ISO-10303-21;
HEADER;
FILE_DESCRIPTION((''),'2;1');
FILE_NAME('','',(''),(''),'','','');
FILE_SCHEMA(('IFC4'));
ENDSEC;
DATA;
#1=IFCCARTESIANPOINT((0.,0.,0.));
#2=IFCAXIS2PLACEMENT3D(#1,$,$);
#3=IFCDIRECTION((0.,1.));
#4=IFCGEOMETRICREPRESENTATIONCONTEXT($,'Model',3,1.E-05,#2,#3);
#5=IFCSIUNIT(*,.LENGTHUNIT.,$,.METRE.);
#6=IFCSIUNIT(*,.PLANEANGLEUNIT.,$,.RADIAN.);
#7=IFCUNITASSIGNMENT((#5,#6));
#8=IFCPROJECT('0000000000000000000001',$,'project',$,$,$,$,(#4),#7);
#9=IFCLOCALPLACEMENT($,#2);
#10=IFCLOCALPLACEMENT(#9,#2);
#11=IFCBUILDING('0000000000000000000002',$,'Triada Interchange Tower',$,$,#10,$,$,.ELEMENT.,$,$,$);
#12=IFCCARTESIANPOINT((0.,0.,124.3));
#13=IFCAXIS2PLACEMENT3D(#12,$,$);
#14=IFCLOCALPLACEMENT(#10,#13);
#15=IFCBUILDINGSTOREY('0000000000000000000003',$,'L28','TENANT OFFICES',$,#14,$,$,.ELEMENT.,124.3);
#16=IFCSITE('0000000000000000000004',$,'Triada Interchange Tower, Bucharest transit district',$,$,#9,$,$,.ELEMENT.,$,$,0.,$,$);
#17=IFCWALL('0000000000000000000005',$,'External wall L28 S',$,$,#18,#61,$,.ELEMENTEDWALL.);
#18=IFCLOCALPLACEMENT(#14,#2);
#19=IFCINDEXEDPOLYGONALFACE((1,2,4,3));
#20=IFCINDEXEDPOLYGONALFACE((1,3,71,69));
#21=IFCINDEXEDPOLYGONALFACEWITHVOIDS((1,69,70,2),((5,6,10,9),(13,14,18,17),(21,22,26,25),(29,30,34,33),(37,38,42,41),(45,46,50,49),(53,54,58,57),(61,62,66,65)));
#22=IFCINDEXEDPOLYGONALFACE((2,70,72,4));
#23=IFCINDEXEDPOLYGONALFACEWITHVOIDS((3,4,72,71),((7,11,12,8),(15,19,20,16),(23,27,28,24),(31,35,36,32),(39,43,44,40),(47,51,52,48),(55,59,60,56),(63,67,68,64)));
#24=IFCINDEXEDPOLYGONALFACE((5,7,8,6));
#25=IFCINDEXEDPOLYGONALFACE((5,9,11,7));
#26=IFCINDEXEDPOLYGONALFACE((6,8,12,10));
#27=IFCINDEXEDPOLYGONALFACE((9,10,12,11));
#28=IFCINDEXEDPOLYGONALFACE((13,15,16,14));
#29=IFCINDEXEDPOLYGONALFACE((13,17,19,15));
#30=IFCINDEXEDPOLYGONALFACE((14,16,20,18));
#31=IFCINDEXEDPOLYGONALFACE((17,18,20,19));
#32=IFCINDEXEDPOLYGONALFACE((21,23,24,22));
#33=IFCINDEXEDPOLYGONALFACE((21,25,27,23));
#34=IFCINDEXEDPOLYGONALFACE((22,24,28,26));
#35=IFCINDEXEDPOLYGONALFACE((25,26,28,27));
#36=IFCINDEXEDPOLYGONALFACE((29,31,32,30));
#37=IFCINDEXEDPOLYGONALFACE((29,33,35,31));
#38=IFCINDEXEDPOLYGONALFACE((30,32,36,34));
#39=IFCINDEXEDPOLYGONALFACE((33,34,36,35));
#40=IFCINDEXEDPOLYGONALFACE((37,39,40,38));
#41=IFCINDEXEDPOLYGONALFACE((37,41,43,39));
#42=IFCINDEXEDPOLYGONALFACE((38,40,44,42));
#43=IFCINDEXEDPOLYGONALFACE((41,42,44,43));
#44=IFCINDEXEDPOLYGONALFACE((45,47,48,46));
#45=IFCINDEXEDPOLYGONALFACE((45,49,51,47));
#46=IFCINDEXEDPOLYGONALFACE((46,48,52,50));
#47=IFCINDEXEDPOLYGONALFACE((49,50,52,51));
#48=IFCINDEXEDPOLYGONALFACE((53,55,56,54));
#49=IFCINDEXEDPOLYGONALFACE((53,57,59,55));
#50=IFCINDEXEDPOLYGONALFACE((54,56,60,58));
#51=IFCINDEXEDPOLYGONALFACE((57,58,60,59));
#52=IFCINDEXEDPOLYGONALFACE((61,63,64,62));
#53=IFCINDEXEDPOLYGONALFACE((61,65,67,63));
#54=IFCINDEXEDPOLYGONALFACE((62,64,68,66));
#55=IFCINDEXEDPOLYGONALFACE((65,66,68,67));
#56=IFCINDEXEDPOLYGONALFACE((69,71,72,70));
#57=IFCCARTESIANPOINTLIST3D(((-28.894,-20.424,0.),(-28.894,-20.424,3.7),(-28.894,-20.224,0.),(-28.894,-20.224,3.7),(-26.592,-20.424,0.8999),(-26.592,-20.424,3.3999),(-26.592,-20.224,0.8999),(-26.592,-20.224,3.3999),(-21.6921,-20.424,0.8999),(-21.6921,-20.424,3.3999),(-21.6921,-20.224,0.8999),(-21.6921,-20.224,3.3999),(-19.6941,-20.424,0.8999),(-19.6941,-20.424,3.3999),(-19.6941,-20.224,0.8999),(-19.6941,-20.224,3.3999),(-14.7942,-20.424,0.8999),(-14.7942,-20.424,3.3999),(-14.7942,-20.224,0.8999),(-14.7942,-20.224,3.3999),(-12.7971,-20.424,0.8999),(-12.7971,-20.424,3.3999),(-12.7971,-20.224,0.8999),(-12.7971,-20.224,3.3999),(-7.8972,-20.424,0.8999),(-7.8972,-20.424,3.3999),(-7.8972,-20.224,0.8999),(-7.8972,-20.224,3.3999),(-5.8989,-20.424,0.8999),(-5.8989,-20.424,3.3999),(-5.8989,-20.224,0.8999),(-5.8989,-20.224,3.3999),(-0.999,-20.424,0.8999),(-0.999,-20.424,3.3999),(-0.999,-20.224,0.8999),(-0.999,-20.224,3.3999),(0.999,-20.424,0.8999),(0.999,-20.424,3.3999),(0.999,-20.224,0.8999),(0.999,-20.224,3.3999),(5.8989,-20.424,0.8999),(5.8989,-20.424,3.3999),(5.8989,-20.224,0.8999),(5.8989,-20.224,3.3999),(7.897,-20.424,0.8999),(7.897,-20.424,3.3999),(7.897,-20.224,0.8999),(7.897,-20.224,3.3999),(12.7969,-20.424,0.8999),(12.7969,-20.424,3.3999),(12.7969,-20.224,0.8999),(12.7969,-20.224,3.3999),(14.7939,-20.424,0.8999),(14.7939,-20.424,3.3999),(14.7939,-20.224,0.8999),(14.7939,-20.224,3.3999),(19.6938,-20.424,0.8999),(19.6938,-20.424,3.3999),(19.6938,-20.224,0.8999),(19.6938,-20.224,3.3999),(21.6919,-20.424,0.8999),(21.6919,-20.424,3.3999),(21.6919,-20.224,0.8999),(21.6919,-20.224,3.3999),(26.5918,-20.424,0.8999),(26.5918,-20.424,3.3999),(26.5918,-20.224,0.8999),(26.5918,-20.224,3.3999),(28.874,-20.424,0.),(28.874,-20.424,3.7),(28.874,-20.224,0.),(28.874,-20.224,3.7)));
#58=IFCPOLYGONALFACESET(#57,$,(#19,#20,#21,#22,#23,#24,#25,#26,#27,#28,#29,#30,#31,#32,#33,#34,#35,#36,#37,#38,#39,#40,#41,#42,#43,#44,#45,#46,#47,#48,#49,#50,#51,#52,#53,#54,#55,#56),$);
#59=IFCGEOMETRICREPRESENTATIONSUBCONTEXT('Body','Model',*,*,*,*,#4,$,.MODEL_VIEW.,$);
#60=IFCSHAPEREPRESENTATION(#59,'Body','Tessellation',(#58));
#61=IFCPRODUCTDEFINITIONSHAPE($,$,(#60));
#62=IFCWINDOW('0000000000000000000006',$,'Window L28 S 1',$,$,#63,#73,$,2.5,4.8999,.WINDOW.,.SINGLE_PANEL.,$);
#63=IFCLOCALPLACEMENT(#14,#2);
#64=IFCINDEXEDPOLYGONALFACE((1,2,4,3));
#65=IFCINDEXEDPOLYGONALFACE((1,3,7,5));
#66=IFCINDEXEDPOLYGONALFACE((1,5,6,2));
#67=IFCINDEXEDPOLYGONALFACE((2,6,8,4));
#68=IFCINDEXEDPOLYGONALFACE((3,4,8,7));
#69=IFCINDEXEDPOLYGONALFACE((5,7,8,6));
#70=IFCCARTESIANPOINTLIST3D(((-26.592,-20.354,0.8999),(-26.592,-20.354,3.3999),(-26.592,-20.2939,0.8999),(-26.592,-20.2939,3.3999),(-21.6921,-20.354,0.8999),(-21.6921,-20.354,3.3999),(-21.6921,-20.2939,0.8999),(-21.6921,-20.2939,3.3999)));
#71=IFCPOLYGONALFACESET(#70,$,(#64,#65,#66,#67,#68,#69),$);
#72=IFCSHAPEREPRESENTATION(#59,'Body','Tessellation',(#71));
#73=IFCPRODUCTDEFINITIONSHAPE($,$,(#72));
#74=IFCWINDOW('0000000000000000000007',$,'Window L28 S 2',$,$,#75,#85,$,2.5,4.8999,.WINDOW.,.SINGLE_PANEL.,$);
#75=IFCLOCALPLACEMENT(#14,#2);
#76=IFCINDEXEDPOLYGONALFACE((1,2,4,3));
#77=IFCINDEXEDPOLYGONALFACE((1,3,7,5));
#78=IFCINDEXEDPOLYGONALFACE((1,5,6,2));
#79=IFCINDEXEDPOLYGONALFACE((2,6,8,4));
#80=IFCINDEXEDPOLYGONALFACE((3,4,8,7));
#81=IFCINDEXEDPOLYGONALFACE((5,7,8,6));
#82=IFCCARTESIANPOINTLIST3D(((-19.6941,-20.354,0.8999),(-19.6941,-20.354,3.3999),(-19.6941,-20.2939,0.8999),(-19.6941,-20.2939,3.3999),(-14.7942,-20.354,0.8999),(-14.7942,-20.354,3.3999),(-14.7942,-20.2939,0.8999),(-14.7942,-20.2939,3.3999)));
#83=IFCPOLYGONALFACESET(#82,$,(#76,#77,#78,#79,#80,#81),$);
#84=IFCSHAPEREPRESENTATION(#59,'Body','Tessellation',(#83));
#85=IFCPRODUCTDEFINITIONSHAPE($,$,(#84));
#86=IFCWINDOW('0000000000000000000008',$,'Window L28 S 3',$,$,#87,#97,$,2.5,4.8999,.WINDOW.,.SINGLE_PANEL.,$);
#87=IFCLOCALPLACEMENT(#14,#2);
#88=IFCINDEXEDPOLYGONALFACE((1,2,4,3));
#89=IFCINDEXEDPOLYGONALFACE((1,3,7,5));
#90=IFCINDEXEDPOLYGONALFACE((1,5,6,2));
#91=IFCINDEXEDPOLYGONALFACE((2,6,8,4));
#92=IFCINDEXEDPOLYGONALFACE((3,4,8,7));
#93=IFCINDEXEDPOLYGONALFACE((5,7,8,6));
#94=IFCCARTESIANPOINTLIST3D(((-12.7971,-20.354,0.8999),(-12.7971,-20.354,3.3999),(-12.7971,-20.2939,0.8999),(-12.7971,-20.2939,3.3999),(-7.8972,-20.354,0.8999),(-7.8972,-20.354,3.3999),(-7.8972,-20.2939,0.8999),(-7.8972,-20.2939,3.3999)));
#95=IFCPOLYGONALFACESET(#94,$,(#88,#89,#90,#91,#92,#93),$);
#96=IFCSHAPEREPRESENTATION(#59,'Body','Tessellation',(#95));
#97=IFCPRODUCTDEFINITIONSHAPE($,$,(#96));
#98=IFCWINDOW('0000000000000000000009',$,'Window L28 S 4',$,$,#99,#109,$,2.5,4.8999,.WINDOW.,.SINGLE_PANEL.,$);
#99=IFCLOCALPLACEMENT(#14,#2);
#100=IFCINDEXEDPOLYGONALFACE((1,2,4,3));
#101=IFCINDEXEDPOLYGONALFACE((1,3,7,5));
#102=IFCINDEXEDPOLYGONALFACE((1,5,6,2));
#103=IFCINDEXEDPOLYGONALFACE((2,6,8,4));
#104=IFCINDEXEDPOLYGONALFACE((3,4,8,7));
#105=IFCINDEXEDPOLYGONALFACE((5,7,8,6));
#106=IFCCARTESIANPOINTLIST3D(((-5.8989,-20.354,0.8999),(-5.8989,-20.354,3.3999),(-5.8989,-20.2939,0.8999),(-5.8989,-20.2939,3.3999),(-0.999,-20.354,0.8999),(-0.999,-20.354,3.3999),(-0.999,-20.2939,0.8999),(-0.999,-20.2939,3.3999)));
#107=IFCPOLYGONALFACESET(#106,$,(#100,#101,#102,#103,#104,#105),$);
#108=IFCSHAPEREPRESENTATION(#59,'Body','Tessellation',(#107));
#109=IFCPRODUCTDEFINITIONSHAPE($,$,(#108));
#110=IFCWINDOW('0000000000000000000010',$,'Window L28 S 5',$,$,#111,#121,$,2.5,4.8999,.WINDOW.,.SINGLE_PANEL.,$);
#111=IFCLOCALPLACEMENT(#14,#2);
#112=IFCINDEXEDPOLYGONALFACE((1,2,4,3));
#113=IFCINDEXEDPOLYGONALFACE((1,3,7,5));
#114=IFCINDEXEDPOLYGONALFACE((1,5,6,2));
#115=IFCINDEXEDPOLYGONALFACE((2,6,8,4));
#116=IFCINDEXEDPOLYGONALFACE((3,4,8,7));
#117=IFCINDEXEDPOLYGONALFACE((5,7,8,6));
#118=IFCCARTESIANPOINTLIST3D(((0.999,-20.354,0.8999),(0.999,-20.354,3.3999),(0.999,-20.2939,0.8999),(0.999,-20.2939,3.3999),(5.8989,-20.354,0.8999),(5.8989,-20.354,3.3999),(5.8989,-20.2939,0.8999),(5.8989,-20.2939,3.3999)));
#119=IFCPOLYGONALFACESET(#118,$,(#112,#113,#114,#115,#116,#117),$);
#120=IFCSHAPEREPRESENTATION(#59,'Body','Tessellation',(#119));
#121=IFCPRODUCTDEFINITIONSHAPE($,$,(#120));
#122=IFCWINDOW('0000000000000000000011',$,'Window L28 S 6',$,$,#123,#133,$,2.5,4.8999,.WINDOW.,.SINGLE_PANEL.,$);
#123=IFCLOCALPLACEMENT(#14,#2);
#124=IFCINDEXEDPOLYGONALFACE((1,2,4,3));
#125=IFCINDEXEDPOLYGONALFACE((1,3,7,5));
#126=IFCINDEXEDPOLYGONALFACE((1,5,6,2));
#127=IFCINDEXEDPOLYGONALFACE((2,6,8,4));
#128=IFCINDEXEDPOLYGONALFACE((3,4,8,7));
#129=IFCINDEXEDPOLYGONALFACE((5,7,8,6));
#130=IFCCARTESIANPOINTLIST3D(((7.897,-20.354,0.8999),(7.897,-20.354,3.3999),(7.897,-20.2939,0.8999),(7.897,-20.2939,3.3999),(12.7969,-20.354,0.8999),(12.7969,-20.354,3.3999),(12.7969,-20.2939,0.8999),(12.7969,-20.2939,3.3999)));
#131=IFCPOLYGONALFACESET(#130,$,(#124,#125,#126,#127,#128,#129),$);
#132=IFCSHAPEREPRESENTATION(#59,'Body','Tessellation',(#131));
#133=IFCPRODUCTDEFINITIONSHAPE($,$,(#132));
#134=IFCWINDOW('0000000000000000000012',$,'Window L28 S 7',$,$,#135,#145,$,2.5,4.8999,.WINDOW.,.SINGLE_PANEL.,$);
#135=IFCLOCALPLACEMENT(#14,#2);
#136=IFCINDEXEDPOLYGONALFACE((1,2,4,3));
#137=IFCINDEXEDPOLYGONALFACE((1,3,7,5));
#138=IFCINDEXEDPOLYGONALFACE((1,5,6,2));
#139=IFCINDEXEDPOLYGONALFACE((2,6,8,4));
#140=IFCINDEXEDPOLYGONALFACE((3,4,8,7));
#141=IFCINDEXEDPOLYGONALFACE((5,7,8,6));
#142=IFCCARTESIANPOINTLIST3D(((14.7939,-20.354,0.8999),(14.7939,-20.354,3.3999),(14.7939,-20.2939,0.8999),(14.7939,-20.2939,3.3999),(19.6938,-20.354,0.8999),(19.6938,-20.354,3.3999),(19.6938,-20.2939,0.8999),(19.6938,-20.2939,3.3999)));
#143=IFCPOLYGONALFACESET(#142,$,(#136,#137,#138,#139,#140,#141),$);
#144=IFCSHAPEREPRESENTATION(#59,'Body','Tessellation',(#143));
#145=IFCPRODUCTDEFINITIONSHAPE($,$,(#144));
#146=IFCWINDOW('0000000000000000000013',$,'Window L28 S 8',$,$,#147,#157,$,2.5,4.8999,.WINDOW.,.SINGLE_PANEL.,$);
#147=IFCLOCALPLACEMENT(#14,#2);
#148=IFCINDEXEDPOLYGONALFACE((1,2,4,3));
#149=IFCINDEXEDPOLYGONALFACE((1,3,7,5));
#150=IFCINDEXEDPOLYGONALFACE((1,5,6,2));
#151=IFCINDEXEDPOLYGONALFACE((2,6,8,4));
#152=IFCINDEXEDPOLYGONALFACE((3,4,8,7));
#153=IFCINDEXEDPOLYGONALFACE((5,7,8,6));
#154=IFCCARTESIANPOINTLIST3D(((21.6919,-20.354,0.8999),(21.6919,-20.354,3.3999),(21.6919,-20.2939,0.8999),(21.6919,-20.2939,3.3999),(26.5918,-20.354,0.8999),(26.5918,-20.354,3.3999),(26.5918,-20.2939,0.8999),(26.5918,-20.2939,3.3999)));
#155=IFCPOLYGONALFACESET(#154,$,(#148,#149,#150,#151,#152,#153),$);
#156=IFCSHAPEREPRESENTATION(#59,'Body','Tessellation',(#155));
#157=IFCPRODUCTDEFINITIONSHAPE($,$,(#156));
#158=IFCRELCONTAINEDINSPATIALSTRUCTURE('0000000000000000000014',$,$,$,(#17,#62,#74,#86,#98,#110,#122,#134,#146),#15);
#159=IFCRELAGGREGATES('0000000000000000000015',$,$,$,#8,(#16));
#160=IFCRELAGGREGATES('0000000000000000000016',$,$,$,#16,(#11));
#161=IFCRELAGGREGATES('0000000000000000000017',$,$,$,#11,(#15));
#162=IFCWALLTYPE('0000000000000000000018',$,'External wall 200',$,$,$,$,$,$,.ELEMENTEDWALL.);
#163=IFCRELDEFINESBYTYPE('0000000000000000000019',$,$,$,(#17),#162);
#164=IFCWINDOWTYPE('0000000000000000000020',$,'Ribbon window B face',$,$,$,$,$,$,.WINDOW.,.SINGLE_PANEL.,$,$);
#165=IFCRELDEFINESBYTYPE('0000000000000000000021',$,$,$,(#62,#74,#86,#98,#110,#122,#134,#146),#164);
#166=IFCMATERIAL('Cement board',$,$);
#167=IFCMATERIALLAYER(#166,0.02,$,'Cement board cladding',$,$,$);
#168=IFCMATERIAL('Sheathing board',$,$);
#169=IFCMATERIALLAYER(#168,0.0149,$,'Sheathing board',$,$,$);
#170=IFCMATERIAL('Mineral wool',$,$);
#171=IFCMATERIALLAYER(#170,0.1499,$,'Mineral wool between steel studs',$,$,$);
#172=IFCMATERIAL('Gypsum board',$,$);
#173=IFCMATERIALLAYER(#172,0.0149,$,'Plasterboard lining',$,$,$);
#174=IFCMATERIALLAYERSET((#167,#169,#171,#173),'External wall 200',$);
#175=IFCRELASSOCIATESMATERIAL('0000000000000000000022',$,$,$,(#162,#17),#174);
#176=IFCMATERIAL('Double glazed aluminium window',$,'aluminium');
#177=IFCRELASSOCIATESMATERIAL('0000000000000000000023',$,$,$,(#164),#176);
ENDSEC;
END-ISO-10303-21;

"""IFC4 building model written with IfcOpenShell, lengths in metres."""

from ifc_helpers import new_model, si_unit, direction, frame, frame_2d, origin, place, context, subcontext, project, spatial, rectangle, extrude, material, layer, layer_set, layer_usage, type_object, element, fill, save


model = new_model("IFC4")

# Units and contexts
model_context = context("Model", 3, precision=1e-05, world=origin(), true_north=direction((0.0, 1.0)))
body_context = subcontext(model_context, "Body", "Model", "MODEL_VIEW")
ifc_project = project(units=[si_unit("LENGTHUNIT", "METRE"), si_unit("PLANEANGLEUNIT", "RADIAN")], contexts=[model_context])

# Site, building, storey
site_placement = place(None, origin())
site = spatial("IfcSite", under=ifc_project, at=site_placement, Name="Triada Interchange Tower, Bucharest transit district", CompositionType="ELEMENT", RefElevation=0.0)
building_placement = place(site_placement, origin())
building = spatial("IfcBuilding", under=site, at=building_placement, Name="Triada Interchange Tower", CompositionType="ELEMENT")
storey_placement = place(building_placement, frame((0.0, 0.0, 124.3)))
storey = spatial("IfcBuildingStorey", under=building, at=storey_placement, Name="L28", Description="TENANT OFFICES", CompositionType="ELEMENT", Elevation=124.3)

# Shared definitions
ifc_material_1 = material(Name="Cement board")
ifc_layer_1 = layer(ifc_material_1, 0.02, Name="Cement board cladding")
ifc_material_2 = material(Name="Sheathing board")
ifc_layer_2 = layer(ifc_material_2, 0.0149, Name="Sheathing board")
ifc_material_3 = material(Name="Mineral wool")
ifc_layer_3 = layer(ifc_material_3, 0.1499, Name="Mineral wool between steel studs")
ifc_material_4 = material(Name="Gypsum board")
ifc_layer_4 = layer(ifc_material_4, 0.0149, Name="Plasterboard lining")
ifc_layer_set_1 = layer_set([ifc_layer_1, ifc_layer_2, ifc_layer_3, ifc_layer_4], Name="External wall 200")
ifc_layer_usage = layer_usage(ifc_layer_set_1, "AXIS2", "POSITIVE", -0.1001)
wall_type = type_object("IfcWallType", Name="External wall 200", PredefinedType="ELEMENTEDWALL", material=ifc_layer_set_1)
ifc_material_5 = material(Name="Double glazed aluminium window", Category="aluminium")

# Wall, openings, windows
wall_1_placement = place(storey_placement, frame((-28.894, -20.324, 0.0), z_axis=(0.0, 0.0, 1.0), x_axis=(1.0, 0.0, 0.0)))
wall_1 = element("IfcWall", 1, at=wall_1_placement, inside=storey, type_object=wall_type, material=ifc_layer_usage, Name="External wall L28 S", PredefinedType="ELEMENTEDWALL", context=body_context, shape_type="SweptSolid", body=[
    extrude(rectangle(XDim=57.7681, YDim=0.2, at=frame_2d((28.884, 0.0))), origin(), (0.0, 0.0, 1.0), 3.7),
])
opening_1_placement = place(wall_1_placement, frame((2.302, 0.0, 0.8999)))
opening_1 = element("IfcOpeningElement", 2, at=opening_1_placement, cuts=wall_1, PredefinedType="OPENING", context=body_context, shape_type="SweptSolid", body=[
    extrude(rectangle(XDim=4.8999, YDim=2.5, at=frame_2d((2.45, 1.25))), frame((0.0, 0.1099, 0.0), z_axis=(0.0, -1.0, 0.0), x_axis=(1.0, 0.0, 0.0)), (0.0, 0.0, 1.0), 0.22),
])
opening_2_placement = place(wall_1_placement, frame((9.2, 0.0, 0.8999)))
opening_2 = element("IfcOpeningElement", 3, at=opening_2_placement, cuts=wall_1, PredefinedType="OPENING", context=body_context, shape_type="SweptSolid", body=[
    extrude(rectangle(XDim=4.8999, YDim=2.5, at=frame_2d((2.45, 1.25))), frame((0.0, 0.1099, 0.0), z_axis=(0.0, -1.0, 0.0), x_axis=(1.0, 0.0, 0.0)), (0.0, 0.0, 1.0), 0.22),
])
opening_3_placement = place(wall_1_placement, frame((16.0969, 0.0, 0.8999)))
opening_3 = element("IfcOpeningElement", 4, at=opening_3_placement, cuts=wall_1, PredefinedType="OPENING", context=body_context, shape_type="SweptSolid", body=[
    extrude(rectangle(XDim=4.8999, YDim=2.5, at=frame_2d((2.45, 1.25))), frame((0.0, 0.1099, 0.0), z_axis=(0.0, -1.0, 0.0), x_axis=(1.0, 0.0, 0.0)), (0.0, 0.0, 1.0), 0.22),
])
opening_4_placement = place(wall_1_placement, frame((22.9951, 0.0, 0.8999)))
opening_4 = element("IfcOpeningElement", 5, at=opening_4_placement, cuts=wall_1, PredefinedType="OPENING", context=body_context, shape_type="SweptSolid", body=[
    extrude(rectangle(XDim=4.8999, YDim=2.5, at=frame_2d((2.45, 1.25))), frame((0.0, 0.1099, 0.0), z_axis=(0.0, -1.0, 0.0), x_axis=(1.0, 0.0, 0.0)), (0.0, 0.0, 1.0), 0.22),
])
opening_5_placement = place(wall_1_placement, frame((29.8931, 0.0, 0.8999)))
opening_5 = element("IfcOpeningElement", 6, at=opening_5_placement, cuts=wall_1, PredefinedType="OPENING", context=body_context, shape_type="SweptSolid", body=[
    extrude(rectangle(XDim=4.8999, YDim=2.5, at=frame_2d((2.45, 1.25))), frame((0.0, 0.1099, 0.0), z_axis=(0.0, -1.0, 0.0), x_axis=(1.0, 0.0, 0.0)), (0.0, 0.0, 1.0), 0.22),
])
opening_6_placement = place(wall_1_placement, frame((36.791, 0.0, 0.8999)))
opening_6 = element("IfcOpeningElement", 7, at=opening_6_placement, cuts=wall_1, PredefinedType="OPENING", context=body_context, shape_type="SweptSolid", body=[
    extrude(rectangle(XDim=4.8999, YDim=2.5, at=frame_2d((2.45, 1.25))), frame((0.0, 0.1099, 0.0), z_axis=(0.0, -1.0, 0.0), x_axis=(1.0, 0.0, 0.0)), (0.0, 0.0, 1.0), 0.22),
])
opening_7_placement = place(wall_1_placement, frame((43.688, 0.0, 0.8999)))
opening_7 = element("IfcOpeningElement", 8, at=opening_7_placement, cuts=wall_1, PredefinedType="OPENING", context=body_context, shape_type="SweptSolid", body=[
    extrude(rectangle(XDim=4.8999, YDim=2.5, at=frame_2d((2.45, 1.25))), frame((0.0, 0.1099, 0.0), z_axis=(0.0, -1.0, 0.0), x_axis=(1.0, 0.0, 0.0)), (0.0, 0.0, 1.0), 0.22),
])
opening_8_placement = place(wall_1_placement, frame((50.5859, 0.0, 0.8999)))
opening_8 = element("IfcOpeningElement", 9, at=opening_8_placement, cuts=wall_1, PredefinedType="OPENING", context=body_context, shape_type="SweptSolid", body=[
    extrude(rectangle(XDim=4.8999, YDim=2.5, at=frame_2d((2.45, 1.25))), frame((0.0, 0.1099, 0.0), z_axis=(0.0, -1.0, 0.0), x_axis=(1.0, 0.0, 0.0)), (0.0, 0.0, 1.0), 0.22),
])
window_type_1 = type_object("IfcWindowType", Name="Ribbon window B face", PartitioningType="SINGLE_PANEL", PredefinedType="WINDOW", material=ifc_material_5)
window_1_placement = place(opening_1_placement, origin())
window_1 = element("IfcWindow", 10, at=window_1_placement, inside=storey, type_object=window_type_1, Name="Window L28 S 1", OverallHeight=2.5, OverallWidth=4.8999, PartitioningType="SINGLE_PANEL", PredefinedType="WINDOW", context=body_context, shape_type="SweptSolid", body=[
    extrude(rectangle(XDim=4.8999, YDim=2.5, at=frame_2d((2.45, 1.25))), frame((0.0, 0.03, 0.0), z_axis=(0.0, -1.0, 0.0), x_axis=(1.0, 0.0, 0.0)), (0.0, 0.0, 1.0), 0.0601),
])
fill(opening_1, window_1)
window_2_placement = place(opening_2_placement, origin())
window_2 = element("IfcWindow", 11, at=window_2_placement, inside=storey, type_object=window_type_1, Name="Window L28 S 2", OverallHeight=2.5, OverallWidth=4.8999, PartitioningType="SINGLE_PANEL", PredefinedType="WINDOW", context=body_context, shape_type="SweptSolid", body=[
    extrude(rectangle(XDim=4.8999, YDim=2.5, at=frame_2d((2.45, 1.25))), frame((0.0, 0.03, 0.0), z_axis=(0.0, -1.0, 0.0), x_axis=(1.0, 0.0, 0.0)), (0.0, 0.0, 1.0), 0.0601),
])
fill(opening_2, window_2)
window_3_placement = place(opening_3_placement, origin())
window_3 = element("IfcWindow", 12, at=window_3_placement, inside=storey, type_object=window_type_1, Name="Window L28 S 3", OverallHeight=2.5, OverallWidth=4.8999, PartitioningType="SINGLE_PANEL", PredefinedType="WINDOW", context=body_context, shape_type="SweptSolid", body=[
    extrude(rectangle(XDim=4.8999, YDim=2.5, at=frame_2d((2.45, 1.25))), frame((0.0, 0.03, 0.0), z_axis=(0.0, -1.0, 0.0), x_axis=(1.0, 0.0, 0.0)), (0.0, 0.0, 1.0), 0.0601),
])
fill(opening_3, window_3)
window_4_placement = place(opening_4_placement, origin())
window_4 = element("IfcWindow", 13, at=window_4_placement, inside=storey, type_object=window_type_1, Name="Window L28 S 4", OverallHeight=2.5, OverallWidth=4.8999, PartitioningType="SINGLE_PANEL", PredefinedType="WINDOW", context=body_context, shape_type="SweptSolid", body=[
    extrude(rectangle(XDim=4.8999, YDim=2.5, at=frame_2d((2.45, 1.25))), frame((0.0, 0.03, 0.0), z_axis=(0.0, -1.0, 0.0), x_axis=(1.0, 0.0, 0.0)), (0.0, 0.0, 1.0), 0.0601),
])
fill(opening_4, window_4)
window_5_placement = place(opening_5_placement, origin())
window_5 = element("IfcWindow", 14, at=window_5_placement, inside=storey, type_object=window_type_1, Name="Window L28 S 5", OverallHeight=2.5, OverallWidth=4.8999, PartitioningType="SINGLE_PANEL", PredefinedType="WINDOW", context=body_context, shape_type="SweptSolid", body=[
    extrude(rectangle(XDim=4.8999, YDim=2.5, at=frame_2d((2.45, 1.25))), frame((0.0, 0.03, 0.0), z_axis=(0.0, -1.0, 0.0), x_axis=(1.0, 0.0, 0.0)), (0.0, 0.0, 1.0), 0.0601),
])
fill(opening_5, window_5)
window_6_placement = place(opening_6_placement, origin())
window_6 = element("IfcWindow", 15, at=window_6_placement, inside=storey, type_object=window_type_1, Name="Window L28 S 6", OverallHeight=2.5, OverallWidth=4.8999, PartitioningType="SINGLE_PANEL", PredefinedType="WINDOW", context=body_context, shape_type="SweptSolid", body=[
    extrude(rectangle(XDim=4.8999, YDim=2.5, at=frame_2d((2.45, 1.25))), frame((0.0, 0.03, 0.0), z_axis=(0.0, -1.0, 0.0), x_axis=(1.0, 0.0, 0.0)), (0.0, 0.0, 1.0), 0.0601),
])
fill(opening_6, window_6)
window_7_placement = place(opening_7_placement, origin())
window_7 = element("IfcWindow", 16, at=window_7_placement, inside=storey, type_object=window_type_1, Name="Window L28 S 7", OverallHeight=2.5, OverallWidth=4.8999, PartitioningType="SINGLE_PANEL", PredefinedType="WINDOW", context=body_context, shape_type="SweptSolid", body=[
    extrude(rectangle(XDim=4.8999, YDim=2.5, at=frame_2d((2.45, 1.25))), frame((0.0, 0.03, 0.0), z_axis=(0.0, -1.0, 0.0), x_axis=(1.0, 0.0, 0.0)), (0.0, 0.0, 1.0), 0.0601),
])
fill(opening_7, window_7)
window_8_placement = place(opening_8_placement, origin())
window_8 = element("IfcWindow", 17, at=window_8_placement, inside=storey, type_object=window_type_1, Name="Window L28 S 8", OverallHeight=2.5, OverallWidth=4.8999, PartitioningType="SINGLE_PANEL", PredefinedType="WINDOW", context=body_context, shape_type="SweptSolid", body=[
    extrude(rectangle(XDim=4.8999, YDim=2.5, at=frame_2d((2.45, 1.25))), frame((0.0, 0.03, 0.0), z_axis=(0.0, -1.0, 0.0), x_axis=(1.0, 0.0, 0.0)), (0.0, 0.0, 1.0), 0.0601),
])
fill(opening_8, window_8)

save(model, "model.ifc")
